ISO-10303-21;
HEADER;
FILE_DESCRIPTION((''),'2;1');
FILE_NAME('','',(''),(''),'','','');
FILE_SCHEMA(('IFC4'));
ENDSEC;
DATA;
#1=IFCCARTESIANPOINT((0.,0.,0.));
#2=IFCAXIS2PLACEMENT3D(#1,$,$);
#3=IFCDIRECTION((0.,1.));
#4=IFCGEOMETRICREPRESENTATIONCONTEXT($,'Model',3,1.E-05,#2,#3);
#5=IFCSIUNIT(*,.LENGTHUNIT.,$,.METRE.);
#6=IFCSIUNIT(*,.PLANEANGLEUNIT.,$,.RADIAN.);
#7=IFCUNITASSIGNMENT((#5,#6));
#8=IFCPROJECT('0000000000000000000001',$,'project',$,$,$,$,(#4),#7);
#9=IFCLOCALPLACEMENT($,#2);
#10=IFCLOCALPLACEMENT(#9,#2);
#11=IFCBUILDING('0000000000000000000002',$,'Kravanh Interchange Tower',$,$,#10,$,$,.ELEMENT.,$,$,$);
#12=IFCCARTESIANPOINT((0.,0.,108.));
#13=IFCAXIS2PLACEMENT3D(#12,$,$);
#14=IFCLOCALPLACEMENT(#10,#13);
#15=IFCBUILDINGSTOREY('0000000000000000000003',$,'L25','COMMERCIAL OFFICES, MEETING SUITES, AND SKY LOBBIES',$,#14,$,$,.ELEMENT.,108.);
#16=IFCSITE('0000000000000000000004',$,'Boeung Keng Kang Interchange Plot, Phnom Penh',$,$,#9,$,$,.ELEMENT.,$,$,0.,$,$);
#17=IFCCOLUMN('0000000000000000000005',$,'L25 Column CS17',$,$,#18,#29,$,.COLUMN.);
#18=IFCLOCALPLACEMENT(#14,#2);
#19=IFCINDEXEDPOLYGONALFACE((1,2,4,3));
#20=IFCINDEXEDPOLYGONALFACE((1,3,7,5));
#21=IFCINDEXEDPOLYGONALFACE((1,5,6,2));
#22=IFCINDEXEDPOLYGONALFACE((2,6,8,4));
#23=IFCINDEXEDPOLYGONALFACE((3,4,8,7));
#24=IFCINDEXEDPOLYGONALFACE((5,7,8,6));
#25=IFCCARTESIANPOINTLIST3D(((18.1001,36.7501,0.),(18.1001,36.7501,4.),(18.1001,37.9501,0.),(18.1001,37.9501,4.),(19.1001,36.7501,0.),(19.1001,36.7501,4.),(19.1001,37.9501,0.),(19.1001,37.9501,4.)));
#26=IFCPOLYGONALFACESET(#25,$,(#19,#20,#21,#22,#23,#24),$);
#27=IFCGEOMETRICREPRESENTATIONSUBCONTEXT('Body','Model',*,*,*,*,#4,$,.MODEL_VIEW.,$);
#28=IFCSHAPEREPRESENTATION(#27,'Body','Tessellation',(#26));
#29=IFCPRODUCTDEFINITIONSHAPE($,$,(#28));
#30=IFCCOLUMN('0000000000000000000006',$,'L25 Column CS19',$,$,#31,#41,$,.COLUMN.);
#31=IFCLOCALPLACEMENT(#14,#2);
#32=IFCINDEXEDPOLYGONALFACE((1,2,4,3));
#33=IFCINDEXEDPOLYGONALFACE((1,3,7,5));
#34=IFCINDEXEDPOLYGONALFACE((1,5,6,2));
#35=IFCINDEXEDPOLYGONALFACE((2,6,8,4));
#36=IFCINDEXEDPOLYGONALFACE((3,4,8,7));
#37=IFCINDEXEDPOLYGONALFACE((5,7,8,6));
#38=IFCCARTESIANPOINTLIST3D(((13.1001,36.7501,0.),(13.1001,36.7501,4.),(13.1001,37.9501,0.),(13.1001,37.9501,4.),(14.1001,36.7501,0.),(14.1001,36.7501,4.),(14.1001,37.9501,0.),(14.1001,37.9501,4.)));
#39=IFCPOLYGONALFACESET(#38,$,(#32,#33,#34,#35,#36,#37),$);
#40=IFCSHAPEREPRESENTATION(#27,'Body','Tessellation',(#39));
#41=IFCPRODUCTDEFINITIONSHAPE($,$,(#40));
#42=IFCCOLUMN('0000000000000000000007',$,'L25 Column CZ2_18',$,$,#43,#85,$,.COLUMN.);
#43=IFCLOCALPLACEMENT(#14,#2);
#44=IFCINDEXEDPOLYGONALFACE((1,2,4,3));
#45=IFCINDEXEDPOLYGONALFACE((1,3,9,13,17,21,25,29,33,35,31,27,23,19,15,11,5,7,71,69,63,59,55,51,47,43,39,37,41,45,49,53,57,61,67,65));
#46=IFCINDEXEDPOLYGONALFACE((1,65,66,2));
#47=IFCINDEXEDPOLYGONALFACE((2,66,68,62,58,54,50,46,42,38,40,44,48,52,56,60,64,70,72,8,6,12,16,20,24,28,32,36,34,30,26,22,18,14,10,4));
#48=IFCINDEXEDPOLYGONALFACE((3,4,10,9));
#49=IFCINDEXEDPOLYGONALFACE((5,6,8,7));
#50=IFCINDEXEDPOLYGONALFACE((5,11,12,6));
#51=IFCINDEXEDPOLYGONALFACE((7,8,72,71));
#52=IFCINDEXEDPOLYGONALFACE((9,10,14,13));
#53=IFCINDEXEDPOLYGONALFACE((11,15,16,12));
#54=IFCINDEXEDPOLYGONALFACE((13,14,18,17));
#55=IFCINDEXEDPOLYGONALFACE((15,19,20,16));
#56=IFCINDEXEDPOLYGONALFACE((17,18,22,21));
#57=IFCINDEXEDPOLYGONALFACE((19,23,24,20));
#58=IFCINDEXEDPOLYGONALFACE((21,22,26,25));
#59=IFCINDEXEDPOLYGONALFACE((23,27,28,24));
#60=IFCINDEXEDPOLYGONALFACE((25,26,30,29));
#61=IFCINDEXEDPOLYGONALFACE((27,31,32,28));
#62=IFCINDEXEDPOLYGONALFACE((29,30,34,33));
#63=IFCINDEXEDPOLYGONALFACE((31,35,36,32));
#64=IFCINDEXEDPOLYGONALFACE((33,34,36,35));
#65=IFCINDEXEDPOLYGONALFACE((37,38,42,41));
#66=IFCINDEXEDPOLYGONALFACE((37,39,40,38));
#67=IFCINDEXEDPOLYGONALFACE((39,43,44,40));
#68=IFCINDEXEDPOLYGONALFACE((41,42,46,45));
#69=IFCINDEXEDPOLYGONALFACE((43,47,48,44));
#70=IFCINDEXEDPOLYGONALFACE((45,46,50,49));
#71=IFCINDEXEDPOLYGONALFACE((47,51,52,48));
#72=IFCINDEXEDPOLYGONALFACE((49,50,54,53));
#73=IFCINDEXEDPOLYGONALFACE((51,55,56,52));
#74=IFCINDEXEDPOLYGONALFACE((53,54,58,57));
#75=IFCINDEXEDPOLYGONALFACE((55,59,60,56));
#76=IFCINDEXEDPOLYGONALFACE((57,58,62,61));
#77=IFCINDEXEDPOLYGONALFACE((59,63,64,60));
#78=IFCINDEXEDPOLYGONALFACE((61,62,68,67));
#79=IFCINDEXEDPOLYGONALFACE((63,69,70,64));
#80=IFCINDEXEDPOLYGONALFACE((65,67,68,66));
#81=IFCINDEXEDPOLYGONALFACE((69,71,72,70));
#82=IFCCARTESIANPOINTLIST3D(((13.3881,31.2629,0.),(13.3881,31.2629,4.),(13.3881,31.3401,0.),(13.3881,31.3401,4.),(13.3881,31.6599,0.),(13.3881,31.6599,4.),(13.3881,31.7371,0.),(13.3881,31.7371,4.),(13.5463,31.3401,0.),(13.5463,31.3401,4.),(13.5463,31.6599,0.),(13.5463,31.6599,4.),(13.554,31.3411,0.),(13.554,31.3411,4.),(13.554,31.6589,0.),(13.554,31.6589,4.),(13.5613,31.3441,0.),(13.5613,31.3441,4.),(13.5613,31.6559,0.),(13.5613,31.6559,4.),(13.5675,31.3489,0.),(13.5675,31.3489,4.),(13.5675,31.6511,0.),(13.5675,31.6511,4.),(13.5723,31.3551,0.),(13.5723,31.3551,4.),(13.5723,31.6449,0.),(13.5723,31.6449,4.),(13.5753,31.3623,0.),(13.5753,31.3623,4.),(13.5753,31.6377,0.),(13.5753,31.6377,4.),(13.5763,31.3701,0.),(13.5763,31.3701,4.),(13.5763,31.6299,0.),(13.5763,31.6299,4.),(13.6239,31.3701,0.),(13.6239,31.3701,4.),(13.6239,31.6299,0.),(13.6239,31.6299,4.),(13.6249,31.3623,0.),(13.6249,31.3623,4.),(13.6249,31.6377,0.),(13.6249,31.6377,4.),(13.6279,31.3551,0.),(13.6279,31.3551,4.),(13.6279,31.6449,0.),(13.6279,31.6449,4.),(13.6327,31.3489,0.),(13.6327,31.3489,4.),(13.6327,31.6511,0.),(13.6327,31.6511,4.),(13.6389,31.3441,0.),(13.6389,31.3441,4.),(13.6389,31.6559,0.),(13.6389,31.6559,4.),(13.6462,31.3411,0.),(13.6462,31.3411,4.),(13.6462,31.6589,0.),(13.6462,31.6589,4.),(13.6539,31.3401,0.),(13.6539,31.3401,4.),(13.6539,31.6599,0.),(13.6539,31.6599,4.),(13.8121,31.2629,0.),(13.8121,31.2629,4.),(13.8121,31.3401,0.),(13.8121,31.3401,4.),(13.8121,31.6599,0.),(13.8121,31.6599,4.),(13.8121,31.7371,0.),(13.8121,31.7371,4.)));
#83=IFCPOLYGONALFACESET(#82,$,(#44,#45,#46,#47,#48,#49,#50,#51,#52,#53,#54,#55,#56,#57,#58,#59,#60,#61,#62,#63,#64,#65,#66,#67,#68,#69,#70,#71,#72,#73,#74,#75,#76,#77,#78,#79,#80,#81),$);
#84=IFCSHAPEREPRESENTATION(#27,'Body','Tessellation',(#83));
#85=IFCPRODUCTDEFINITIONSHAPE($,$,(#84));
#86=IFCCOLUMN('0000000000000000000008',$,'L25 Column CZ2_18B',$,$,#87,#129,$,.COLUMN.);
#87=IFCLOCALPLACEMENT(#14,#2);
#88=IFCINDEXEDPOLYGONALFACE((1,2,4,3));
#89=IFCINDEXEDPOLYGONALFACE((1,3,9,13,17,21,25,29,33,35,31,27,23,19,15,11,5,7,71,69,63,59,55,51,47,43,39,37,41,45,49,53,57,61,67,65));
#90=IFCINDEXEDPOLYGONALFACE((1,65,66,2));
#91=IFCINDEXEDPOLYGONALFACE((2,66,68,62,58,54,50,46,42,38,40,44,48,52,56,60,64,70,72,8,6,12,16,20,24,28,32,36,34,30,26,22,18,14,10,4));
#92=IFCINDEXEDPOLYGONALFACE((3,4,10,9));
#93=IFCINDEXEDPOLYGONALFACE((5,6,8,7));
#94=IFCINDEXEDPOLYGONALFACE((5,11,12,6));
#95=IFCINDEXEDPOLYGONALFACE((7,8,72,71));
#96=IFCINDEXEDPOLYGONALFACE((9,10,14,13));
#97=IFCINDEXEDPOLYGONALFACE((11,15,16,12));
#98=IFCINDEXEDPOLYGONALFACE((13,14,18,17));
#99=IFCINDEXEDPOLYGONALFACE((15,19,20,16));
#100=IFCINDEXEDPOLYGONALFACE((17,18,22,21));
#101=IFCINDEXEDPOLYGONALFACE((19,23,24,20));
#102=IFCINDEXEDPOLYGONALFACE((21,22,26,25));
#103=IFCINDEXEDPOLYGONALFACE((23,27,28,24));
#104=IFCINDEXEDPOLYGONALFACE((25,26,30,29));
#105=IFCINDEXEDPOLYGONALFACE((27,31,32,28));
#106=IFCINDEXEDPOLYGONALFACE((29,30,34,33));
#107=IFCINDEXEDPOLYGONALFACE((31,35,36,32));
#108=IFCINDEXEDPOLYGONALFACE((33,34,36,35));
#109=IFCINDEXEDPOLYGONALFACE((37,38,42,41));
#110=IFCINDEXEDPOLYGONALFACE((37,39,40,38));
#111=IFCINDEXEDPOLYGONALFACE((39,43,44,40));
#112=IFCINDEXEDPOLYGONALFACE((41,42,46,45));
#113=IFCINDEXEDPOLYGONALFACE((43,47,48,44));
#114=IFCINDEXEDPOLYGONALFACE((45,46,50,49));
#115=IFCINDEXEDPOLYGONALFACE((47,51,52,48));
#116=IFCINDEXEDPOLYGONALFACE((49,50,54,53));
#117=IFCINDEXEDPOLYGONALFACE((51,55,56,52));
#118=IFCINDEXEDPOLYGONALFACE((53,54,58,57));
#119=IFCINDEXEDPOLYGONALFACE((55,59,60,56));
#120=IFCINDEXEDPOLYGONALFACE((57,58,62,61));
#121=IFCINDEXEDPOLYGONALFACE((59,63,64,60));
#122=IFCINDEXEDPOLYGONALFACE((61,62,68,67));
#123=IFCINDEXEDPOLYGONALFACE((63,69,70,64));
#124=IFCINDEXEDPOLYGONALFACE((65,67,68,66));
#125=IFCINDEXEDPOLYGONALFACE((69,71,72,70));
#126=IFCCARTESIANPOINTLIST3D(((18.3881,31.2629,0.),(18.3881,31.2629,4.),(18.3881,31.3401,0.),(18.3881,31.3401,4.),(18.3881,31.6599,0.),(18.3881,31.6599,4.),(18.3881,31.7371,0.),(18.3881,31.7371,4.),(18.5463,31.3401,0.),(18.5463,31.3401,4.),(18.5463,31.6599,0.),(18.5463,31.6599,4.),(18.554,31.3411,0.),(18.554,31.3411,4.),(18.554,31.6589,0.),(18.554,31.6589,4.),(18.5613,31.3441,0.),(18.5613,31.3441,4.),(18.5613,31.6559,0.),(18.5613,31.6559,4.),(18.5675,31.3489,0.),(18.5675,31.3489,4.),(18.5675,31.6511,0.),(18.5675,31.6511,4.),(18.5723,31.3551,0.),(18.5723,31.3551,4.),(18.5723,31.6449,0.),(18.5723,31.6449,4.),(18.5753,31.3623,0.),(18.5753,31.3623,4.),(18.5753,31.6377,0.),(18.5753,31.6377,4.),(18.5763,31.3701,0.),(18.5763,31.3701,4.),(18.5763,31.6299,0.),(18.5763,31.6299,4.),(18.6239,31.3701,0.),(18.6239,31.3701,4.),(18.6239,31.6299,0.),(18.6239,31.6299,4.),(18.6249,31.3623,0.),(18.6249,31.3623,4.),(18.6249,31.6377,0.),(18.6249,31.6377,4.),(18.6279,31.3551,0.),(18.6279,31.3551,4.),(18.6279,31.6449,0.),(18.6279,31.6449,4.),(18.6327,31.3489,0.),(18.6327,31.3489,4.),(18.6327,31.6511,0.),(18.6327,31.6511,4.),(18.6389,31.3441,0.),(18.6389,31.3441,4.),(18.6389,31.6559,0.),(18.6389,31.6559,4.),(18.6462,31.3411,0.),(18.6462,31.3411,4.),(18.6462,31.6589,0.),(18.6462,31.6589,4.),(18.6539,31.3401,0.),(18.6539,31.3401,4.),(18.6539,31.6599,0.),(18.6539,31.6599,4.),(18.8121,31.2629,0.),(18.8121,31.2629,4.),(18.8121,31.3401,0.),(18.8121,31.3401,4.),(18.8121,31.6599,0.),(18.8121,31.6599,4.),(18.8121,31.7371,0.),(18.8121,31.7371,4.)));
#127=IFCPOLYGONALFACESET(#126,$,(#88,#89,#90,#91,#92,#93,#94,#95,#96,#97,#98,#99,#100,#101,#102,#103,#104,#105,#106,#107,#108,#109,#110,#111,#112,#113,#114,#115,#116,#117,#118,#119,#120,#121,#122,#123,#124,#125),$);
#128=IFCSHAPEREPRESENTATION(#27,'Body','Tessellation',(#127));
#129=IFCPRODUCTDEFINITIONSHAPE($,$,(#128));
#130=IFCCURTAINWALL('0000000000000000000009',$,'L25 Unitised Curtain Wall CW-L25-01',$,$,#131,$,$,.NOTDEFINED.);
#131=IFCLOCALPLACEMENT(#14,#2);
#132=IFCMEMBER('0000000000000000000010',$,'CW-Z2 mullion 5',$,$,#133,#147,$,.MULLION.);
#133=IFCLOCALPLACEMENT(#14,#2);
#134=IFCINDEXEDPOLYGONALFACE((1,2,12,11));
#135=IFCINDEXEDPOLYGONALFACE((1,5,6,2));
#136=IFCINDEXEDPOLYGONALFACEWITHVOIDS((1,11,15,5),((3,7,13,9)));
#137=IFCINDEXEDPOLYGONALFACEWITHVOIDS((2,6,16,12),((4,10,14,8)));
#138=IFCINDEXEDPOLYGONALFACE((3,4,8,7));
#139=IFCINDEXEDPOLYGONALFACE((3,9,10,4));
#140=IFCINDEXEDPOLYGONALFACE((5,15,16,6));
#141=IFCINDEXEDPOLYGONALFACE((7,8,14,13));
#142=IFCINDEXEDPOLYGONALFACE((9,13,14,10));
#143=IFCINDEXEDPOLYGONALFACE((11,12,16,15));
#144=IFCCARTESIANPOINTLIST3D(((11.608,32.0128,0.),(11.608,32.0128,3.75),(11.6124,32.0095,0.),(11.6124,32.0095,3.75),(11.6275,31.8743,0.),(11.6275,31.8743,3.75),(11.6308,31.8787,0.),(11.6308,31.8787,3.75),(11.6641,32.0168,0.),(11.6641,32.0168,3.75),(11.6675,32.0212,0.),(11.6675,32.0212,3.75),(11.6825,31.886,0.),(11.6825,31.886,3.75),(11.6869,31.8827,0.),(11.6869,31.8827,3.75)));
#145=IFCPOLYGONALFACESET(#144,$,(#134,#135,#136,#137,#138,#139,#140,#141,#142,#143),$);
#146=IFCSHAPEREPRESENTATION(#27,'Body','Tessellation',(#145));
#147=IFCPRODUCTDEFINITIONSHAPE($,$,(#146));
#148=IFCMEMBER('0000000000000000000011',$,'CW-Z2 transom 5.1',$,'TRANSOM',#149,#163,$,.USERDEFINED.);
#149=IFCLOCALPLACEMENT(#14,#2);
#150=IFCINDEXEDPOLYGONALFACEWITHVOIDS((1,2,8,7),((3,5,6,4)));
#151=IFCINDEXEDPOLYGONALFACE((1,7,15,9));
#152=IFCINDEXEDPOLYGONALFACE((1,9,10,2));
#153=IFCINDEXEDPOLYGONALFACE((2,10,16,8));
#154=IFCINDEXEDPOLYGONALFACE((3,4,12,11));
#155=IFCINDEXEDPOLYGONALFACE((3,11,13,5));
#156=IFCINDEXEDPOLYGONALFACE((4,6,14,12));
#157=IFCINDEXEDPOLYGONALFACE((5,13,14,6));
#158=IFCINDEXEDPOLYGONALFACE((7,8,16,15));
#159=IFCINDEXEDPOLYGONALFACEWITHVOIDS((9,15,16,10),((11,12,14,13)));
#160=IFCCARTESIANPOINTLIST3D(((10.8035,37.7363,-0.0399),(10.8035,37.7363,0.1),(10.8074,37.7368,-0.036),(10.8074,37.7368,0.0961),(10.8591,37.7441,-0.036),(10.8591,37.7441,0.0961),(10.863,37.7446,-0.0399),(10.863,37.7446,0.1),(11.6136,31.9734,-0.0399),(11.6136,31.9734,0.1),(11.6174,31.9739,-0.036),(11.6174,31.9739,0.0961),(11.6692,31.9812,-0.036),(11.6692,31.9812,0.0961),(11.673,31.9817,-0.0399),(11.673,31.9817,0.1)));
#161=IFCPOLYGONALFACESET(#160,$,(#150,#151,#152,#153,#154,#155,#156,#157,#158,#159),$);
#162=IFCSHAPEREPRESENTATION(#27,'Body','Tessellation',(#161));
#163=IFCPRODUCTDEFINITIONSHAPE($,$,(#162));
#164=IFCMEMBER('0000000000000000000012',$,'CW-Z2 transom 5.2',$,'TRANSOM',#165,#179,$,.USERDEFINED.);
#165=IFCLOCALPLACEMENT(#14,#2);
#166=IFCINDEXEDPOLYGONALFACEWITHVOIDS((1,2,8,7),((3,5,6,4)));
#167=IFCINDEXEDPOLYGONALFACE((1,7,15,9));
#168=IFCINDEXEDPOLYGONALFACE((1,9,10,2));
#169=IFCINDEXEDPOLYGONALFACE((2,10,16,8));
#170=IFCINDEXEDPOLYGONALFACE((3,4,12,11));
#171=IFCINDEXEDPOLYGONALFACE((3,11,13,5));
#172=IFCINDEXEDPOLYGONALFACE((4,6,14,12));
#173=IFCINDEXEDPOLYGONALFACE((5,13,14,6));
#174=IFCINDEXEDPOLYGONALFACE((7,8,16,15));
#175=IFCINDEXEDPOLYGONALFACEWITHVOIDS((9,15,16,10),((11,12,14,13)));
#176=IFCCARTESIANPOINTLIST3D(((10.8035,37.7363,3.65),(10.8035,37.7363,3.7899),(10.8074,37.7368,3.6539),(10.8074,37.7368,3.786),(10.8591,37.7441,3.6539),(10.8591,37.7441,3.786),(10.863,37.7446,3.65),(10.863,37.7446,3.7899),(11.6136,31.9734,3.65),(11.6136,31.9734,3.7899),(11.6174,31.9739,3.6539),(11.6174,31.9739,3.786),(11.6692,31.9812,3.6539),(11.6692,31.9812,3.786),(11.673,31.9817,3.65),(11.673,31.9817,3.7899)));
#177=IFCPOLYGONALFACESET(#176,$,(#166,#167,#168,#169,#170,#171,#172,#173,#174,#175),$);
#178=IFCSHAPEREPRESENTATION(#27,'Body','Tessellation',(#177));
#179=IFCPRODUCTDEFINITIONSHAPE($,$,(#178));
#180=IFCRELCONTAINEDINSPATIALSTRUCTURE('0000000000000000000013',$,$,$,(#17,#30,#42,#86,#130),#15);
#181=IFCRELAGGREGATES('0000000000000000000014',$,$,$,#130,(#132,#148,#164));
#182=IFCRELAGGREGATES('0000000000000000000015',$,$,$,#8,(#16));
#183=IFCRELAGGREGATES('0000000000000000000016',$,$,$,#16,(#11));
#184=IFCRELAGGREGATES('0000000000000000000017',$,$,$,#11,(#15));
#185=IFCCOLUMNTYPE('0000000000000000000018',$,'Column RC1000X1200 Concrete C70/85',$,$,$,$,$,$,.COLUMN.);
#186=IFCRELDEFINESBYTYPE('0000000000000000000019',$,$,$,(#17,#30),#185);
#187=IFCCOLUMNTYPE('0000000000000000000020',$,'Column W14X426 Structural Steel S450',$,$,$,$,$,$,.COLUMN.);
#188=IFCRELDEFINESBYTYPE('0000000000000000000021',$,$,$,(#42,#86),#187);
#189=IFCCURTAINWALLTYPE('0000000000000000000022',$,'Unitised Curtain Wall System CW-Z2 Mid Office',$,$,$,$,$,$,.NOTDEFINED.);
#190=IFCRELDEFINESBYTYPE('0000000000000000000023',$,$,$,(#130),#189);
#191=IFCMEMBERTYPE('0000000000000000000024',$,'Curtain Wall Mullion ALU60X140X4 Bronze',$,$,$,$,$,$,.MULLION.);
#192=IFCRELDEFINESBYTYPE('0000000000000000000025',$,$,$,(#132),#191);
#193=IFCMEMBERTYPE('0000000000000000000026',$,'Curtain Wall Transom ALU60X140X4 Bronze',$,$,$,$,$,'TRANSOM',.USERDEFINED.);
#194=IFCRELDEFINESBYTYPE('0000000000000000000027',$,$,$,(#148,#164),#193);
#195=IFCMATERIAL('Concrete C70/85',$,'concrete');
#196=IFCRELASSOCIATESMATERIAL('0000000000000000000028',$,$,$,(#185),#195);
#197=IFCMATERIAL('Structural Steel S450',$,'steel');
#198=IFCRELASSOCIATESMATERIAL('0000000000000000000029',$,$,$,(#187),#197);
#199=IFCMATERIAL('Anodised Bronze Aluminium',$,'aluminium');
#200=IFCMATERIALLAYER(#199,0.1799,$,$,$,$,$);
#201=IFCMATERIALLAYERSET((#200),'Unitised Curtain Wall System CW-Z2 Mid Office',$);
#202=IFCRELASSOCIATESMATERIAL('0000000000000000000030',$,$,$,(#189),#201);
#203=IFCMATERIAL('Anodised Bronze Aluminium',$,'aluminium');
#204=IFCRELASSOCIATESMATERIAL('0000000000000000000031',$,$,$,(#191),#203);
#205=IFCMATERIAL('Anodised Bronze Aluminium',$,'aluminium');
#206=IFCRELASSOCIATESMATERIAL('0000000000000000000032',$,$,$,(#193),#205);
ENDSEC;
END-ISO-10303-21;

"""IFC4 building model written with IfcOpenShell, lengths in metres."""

from ifc_helpers import new_model, si_unit, direction, frame, origin, origin_2d, place, context, subcontext, project, spatial, rectangle, hollow_rectangle, i_section, extrude, material, layer, layer_set, material_profile, profile_set, type_object, element, aggregate, save


model = new_model("IFC4")

# Units and contexts
model_context = context("Model", 3, precision=1e-05, world=origin(), true_north=direction((0.0, 1.0)))
body_context = subcontext(model_context, "Body", "Model", "MODEL_VIEW")
ifc_project = project(units=[si_unit("LENGTHUNIT", "METRE"), si_unit("PLANEANGLEUNIT", "RADIAN")], contexts=[model_context])

# Site, building, storey
site_placement = place(None, origin())
site = spatial("IfcSite", under=ifc_project, at=site_placement, Name="Boeung Keng Kang Interchange Plot, Phnom Penh", CompositionType="ELEMENT", RefElevation=0.0)
building_placement = place(site_placement, origin())
building = spatial("IfcBuilding", under=site, at=building_placement, Name="Kravanh Interchange Tower", CompositionType="ELEMENT")
storey_placement = place(building_placement, frame((0.0, 0.0, 108.0)))
storey = spatial("IfcBuildingStorey", under=building, at=storey_placement, Name="L25", Description="COMMERCIAL OFFICES, MEETING SUITES, AND SKY LOBBIES", CompositionType="ELEMENT", Elevation=108.0)

# Columns
ifc_material_1 = material(Name="Concrete C70/85", Category="concrete")
ifc_material_profile_1 = material_profile(ifc_material_1, rectangle(XDim=1.0, YDim=1.2, at=origin_2d()), Name="RC1000X1200")
ifc_profile_set_1 = profile_set([ifc_material_profile_1], Name="Concrete C70/85")
column_type_1 = type_object("IfcColumnType", Name="Column RC1000X1200 Concrete C70/85", PredefinedType="COLUMN", material=ifc_profile_set_1)
for number, where, z_axis, x_axis, name in (
    (1, (18.6001, 37.3501, 0.0), (0.0, 0.0, 1.0), (1.0, 0.0, 0.0), "L25 Column CS17"),
    (2, (13.6001, 37.3501, 0.0), (0.0, 0.0, 1.0), (1.0, 0.0, 0.0), "L25 Column CS19"),
):
    element("IfcColumn", number, at=place(storey_placement, frame(where, z_axis=z_axis, x_axis=x_axis)), inside=storey, type_object=column_type_1, Name=name, PredefinedType="COLUMN", context=body_context, shape_type="SweptSolid", body=[
        extrude(rectangle(XDim=1.0, YDim=1.2, at=origin_2d()), origin(), (0.0, 0.0, 1.0), 4.0),
    ])
ifc_material_2 = material(Name="Structural Steel S450", Category="steel")
ifc_material_profile_2 = material_profile(ifc_material_2, i_section(OverallWidth=0.4241, OverallDepth=0.4741, WebThickness=0.0476, FlangeThickness=0.0771, FilletRadius=0.03, at=origin_2d()), Name="W14X426")
ifc_profile_set_2 = profile_set([ifc_material_profile_2], Name="Structural Steel S450")
column_type_2 = type_object("IfcColumnType", Name="Column W14X426 Structural Steel S450", PredefinedType="COLUMN", material=ifc_profile_set_2)
for number, where, z_axis, x_axis, name in (
    (3, (13.6001, 31.5, 0.0), (0.0, 0.0, 1.0), (1.0, 0.0, 0.0), "L25 Column CZ2_18"),
    (4, (18.6001, 31.5, 0.0), (0.0, 0.0, 1.0), (1.0, 0.0, 0.0), "L25 Column CZ2_18B"),
):
    element("IfcColumn", number, at=place(storey_placement, frame(where, z_axis=z_axis, x_axis=x_axis)), inside=storey, type_object=column_type_2, Name=name, PredefinedType="COLUMN", context=body_context, shape_type="SweptSolid", body=[
        extrude(i_section(OverallWidth=0.4241, OverallDepth=0.4741, WebThickness=0.0476, FlangeThickness=0.0771, FilletRadius=0.03, at=origin_2d()), origin(), (0.0, 0.0, 1.0), 4.0),
    ])

# Curtain wall, members
ifc_material_3 = material(Name="Anodised Bronze Aluminium", Category="aluminium")
ifc_layer_1 = layer(ifc_material_3, 0.1799)
ifc_layer_set_1 = layer_set([ifc_layer_1], Name="Unitised Curtain Wall System CW-Z2 Mid Office")
curtain_wall_type = type_object("IfcCurtainWallType", Name="Unitised Curtain Wall System CW-Z2 Mid Office", PredefinedType="NOTDEFINED", material=ifc_layer_set_1)
curtain_wall_placement = place(storey_placement, origin())
curtain_wall = element("IfcCurtainWall", 5, at=curtain_wall_placement, inside=storey, type_object=curtain_wall_type, Name="L25 Unitised Curtain Wall CW-L25-01", PredefinedType="NOTDEFINED")
ifc_material_4 = material(Name="Anodised Bronze Aluminium", Category="aluminium")
ifc_material_profile_3 = material_profile(ifc_material_4, hollow_rectangle(XDim=0.0601, YDim=0.1399, WallThickness=0.0039, at=origin_2d()), Name="ALU60X140X4")
ifc_profile_set_3 = profile_set([ifc_material_profile_3], Name="Anodised Bronze Aluminium")
member_type_1 = type_object("IfcMemberType", Name="Curtain Wall Mullion ALU60X140X4 Bronze", PredefinedType="MULLION", material=ifc_profile_set_3)
member_1_placement = place(storey_placement, frame((11.6475, 31.9478, 0.0), z_axis=(0.0, 0.0, 1.0), x_axis=(-0.990268, -0.139173, 0.0)))
member_1 = element("IfcMember", 6, at=member_1_placement, type_object=member_type_1, Name="CW-Z2 mullion 5", PredefinedType="MULLION", context=body_context, shape_type="SweptSolid", body=[
    extrude(hollow_rectangle(XDim=0.0601, YDim=0.1399, WallThickness=0.0039, at=origin_2d()), origin(), (0.0, 0.0, 1.0), 3.75),
])
ifc_material_5 = material(Name="Anodised Bronze Aluminium", Category="aluminium")
ifc_material_profile_4 = material_profile(ifc_material_5, hollow_rectangle(XDim=0.0601, YDim=0.1399, WallThickness=0.0039, at=origin_2d()), Name="ALU60X140X4")
ifc_profile_set_4 = profile_set([ifc_material_profile_4], Name="Anodised Bronze Aluminium")
member_type_2 = type_object("IfcMemberType", Name="Curtain Wall Transom ALU60X140X4 Bronze", ElementType="TRANSOM", PredefinedType="USERDEFINED", material=ifc_profile_set_4)
member_2_placement = place(storey_placement, frame((11.6433, 31.9775, 0.03), z_axis=(-0.139195, 0.990265, 0.0), x_axis=(-0.990265, -0.139195, 0.0)))
member_2 = element("IfcMember", 7, at=member_2_placement, type_object=member_type_2, Name="CW-Z2 transom 5.1", ObjectType="TRANSOM", PredefinedType="USERDEFINED", context=body_context, shape_type="SweptSolid", body=[
    extrude(hollow_rectangle(XDim=0.0601, YDim=0.1399, WallThickness=0.0039, at=origin_2d()), origin(), (0.0, 0.0, 1.0), 5.8196),
])
member_3_placement = place(storey_placement, frame((11.6433, 31.9775, 3.72), z_axis=(-0.139195, 0.990265, 0.0), x_axis=(-0.990265, -0.139195, 0.0)))
member_3 = element("IfcMember", 8, at=member_3_placement, type_object=member_type_2, Name="CW-Z2 transom 5.2", ObjectType="TRANSOM", PredefinedType="USERDEFINED", context=body_context, shape_type="SweptSolid", body=[
    extrude(hollow_rectangle(XDim=0.0601, YDim=0.1399, WallThickness=0.0039, at=origin_2d()), origin(), (0.0, 0.0, 1.0), 5.8196),
])

aggregate(curtain_wall, [member_1, member_2, member_3])

save(model, "model.ifc")
